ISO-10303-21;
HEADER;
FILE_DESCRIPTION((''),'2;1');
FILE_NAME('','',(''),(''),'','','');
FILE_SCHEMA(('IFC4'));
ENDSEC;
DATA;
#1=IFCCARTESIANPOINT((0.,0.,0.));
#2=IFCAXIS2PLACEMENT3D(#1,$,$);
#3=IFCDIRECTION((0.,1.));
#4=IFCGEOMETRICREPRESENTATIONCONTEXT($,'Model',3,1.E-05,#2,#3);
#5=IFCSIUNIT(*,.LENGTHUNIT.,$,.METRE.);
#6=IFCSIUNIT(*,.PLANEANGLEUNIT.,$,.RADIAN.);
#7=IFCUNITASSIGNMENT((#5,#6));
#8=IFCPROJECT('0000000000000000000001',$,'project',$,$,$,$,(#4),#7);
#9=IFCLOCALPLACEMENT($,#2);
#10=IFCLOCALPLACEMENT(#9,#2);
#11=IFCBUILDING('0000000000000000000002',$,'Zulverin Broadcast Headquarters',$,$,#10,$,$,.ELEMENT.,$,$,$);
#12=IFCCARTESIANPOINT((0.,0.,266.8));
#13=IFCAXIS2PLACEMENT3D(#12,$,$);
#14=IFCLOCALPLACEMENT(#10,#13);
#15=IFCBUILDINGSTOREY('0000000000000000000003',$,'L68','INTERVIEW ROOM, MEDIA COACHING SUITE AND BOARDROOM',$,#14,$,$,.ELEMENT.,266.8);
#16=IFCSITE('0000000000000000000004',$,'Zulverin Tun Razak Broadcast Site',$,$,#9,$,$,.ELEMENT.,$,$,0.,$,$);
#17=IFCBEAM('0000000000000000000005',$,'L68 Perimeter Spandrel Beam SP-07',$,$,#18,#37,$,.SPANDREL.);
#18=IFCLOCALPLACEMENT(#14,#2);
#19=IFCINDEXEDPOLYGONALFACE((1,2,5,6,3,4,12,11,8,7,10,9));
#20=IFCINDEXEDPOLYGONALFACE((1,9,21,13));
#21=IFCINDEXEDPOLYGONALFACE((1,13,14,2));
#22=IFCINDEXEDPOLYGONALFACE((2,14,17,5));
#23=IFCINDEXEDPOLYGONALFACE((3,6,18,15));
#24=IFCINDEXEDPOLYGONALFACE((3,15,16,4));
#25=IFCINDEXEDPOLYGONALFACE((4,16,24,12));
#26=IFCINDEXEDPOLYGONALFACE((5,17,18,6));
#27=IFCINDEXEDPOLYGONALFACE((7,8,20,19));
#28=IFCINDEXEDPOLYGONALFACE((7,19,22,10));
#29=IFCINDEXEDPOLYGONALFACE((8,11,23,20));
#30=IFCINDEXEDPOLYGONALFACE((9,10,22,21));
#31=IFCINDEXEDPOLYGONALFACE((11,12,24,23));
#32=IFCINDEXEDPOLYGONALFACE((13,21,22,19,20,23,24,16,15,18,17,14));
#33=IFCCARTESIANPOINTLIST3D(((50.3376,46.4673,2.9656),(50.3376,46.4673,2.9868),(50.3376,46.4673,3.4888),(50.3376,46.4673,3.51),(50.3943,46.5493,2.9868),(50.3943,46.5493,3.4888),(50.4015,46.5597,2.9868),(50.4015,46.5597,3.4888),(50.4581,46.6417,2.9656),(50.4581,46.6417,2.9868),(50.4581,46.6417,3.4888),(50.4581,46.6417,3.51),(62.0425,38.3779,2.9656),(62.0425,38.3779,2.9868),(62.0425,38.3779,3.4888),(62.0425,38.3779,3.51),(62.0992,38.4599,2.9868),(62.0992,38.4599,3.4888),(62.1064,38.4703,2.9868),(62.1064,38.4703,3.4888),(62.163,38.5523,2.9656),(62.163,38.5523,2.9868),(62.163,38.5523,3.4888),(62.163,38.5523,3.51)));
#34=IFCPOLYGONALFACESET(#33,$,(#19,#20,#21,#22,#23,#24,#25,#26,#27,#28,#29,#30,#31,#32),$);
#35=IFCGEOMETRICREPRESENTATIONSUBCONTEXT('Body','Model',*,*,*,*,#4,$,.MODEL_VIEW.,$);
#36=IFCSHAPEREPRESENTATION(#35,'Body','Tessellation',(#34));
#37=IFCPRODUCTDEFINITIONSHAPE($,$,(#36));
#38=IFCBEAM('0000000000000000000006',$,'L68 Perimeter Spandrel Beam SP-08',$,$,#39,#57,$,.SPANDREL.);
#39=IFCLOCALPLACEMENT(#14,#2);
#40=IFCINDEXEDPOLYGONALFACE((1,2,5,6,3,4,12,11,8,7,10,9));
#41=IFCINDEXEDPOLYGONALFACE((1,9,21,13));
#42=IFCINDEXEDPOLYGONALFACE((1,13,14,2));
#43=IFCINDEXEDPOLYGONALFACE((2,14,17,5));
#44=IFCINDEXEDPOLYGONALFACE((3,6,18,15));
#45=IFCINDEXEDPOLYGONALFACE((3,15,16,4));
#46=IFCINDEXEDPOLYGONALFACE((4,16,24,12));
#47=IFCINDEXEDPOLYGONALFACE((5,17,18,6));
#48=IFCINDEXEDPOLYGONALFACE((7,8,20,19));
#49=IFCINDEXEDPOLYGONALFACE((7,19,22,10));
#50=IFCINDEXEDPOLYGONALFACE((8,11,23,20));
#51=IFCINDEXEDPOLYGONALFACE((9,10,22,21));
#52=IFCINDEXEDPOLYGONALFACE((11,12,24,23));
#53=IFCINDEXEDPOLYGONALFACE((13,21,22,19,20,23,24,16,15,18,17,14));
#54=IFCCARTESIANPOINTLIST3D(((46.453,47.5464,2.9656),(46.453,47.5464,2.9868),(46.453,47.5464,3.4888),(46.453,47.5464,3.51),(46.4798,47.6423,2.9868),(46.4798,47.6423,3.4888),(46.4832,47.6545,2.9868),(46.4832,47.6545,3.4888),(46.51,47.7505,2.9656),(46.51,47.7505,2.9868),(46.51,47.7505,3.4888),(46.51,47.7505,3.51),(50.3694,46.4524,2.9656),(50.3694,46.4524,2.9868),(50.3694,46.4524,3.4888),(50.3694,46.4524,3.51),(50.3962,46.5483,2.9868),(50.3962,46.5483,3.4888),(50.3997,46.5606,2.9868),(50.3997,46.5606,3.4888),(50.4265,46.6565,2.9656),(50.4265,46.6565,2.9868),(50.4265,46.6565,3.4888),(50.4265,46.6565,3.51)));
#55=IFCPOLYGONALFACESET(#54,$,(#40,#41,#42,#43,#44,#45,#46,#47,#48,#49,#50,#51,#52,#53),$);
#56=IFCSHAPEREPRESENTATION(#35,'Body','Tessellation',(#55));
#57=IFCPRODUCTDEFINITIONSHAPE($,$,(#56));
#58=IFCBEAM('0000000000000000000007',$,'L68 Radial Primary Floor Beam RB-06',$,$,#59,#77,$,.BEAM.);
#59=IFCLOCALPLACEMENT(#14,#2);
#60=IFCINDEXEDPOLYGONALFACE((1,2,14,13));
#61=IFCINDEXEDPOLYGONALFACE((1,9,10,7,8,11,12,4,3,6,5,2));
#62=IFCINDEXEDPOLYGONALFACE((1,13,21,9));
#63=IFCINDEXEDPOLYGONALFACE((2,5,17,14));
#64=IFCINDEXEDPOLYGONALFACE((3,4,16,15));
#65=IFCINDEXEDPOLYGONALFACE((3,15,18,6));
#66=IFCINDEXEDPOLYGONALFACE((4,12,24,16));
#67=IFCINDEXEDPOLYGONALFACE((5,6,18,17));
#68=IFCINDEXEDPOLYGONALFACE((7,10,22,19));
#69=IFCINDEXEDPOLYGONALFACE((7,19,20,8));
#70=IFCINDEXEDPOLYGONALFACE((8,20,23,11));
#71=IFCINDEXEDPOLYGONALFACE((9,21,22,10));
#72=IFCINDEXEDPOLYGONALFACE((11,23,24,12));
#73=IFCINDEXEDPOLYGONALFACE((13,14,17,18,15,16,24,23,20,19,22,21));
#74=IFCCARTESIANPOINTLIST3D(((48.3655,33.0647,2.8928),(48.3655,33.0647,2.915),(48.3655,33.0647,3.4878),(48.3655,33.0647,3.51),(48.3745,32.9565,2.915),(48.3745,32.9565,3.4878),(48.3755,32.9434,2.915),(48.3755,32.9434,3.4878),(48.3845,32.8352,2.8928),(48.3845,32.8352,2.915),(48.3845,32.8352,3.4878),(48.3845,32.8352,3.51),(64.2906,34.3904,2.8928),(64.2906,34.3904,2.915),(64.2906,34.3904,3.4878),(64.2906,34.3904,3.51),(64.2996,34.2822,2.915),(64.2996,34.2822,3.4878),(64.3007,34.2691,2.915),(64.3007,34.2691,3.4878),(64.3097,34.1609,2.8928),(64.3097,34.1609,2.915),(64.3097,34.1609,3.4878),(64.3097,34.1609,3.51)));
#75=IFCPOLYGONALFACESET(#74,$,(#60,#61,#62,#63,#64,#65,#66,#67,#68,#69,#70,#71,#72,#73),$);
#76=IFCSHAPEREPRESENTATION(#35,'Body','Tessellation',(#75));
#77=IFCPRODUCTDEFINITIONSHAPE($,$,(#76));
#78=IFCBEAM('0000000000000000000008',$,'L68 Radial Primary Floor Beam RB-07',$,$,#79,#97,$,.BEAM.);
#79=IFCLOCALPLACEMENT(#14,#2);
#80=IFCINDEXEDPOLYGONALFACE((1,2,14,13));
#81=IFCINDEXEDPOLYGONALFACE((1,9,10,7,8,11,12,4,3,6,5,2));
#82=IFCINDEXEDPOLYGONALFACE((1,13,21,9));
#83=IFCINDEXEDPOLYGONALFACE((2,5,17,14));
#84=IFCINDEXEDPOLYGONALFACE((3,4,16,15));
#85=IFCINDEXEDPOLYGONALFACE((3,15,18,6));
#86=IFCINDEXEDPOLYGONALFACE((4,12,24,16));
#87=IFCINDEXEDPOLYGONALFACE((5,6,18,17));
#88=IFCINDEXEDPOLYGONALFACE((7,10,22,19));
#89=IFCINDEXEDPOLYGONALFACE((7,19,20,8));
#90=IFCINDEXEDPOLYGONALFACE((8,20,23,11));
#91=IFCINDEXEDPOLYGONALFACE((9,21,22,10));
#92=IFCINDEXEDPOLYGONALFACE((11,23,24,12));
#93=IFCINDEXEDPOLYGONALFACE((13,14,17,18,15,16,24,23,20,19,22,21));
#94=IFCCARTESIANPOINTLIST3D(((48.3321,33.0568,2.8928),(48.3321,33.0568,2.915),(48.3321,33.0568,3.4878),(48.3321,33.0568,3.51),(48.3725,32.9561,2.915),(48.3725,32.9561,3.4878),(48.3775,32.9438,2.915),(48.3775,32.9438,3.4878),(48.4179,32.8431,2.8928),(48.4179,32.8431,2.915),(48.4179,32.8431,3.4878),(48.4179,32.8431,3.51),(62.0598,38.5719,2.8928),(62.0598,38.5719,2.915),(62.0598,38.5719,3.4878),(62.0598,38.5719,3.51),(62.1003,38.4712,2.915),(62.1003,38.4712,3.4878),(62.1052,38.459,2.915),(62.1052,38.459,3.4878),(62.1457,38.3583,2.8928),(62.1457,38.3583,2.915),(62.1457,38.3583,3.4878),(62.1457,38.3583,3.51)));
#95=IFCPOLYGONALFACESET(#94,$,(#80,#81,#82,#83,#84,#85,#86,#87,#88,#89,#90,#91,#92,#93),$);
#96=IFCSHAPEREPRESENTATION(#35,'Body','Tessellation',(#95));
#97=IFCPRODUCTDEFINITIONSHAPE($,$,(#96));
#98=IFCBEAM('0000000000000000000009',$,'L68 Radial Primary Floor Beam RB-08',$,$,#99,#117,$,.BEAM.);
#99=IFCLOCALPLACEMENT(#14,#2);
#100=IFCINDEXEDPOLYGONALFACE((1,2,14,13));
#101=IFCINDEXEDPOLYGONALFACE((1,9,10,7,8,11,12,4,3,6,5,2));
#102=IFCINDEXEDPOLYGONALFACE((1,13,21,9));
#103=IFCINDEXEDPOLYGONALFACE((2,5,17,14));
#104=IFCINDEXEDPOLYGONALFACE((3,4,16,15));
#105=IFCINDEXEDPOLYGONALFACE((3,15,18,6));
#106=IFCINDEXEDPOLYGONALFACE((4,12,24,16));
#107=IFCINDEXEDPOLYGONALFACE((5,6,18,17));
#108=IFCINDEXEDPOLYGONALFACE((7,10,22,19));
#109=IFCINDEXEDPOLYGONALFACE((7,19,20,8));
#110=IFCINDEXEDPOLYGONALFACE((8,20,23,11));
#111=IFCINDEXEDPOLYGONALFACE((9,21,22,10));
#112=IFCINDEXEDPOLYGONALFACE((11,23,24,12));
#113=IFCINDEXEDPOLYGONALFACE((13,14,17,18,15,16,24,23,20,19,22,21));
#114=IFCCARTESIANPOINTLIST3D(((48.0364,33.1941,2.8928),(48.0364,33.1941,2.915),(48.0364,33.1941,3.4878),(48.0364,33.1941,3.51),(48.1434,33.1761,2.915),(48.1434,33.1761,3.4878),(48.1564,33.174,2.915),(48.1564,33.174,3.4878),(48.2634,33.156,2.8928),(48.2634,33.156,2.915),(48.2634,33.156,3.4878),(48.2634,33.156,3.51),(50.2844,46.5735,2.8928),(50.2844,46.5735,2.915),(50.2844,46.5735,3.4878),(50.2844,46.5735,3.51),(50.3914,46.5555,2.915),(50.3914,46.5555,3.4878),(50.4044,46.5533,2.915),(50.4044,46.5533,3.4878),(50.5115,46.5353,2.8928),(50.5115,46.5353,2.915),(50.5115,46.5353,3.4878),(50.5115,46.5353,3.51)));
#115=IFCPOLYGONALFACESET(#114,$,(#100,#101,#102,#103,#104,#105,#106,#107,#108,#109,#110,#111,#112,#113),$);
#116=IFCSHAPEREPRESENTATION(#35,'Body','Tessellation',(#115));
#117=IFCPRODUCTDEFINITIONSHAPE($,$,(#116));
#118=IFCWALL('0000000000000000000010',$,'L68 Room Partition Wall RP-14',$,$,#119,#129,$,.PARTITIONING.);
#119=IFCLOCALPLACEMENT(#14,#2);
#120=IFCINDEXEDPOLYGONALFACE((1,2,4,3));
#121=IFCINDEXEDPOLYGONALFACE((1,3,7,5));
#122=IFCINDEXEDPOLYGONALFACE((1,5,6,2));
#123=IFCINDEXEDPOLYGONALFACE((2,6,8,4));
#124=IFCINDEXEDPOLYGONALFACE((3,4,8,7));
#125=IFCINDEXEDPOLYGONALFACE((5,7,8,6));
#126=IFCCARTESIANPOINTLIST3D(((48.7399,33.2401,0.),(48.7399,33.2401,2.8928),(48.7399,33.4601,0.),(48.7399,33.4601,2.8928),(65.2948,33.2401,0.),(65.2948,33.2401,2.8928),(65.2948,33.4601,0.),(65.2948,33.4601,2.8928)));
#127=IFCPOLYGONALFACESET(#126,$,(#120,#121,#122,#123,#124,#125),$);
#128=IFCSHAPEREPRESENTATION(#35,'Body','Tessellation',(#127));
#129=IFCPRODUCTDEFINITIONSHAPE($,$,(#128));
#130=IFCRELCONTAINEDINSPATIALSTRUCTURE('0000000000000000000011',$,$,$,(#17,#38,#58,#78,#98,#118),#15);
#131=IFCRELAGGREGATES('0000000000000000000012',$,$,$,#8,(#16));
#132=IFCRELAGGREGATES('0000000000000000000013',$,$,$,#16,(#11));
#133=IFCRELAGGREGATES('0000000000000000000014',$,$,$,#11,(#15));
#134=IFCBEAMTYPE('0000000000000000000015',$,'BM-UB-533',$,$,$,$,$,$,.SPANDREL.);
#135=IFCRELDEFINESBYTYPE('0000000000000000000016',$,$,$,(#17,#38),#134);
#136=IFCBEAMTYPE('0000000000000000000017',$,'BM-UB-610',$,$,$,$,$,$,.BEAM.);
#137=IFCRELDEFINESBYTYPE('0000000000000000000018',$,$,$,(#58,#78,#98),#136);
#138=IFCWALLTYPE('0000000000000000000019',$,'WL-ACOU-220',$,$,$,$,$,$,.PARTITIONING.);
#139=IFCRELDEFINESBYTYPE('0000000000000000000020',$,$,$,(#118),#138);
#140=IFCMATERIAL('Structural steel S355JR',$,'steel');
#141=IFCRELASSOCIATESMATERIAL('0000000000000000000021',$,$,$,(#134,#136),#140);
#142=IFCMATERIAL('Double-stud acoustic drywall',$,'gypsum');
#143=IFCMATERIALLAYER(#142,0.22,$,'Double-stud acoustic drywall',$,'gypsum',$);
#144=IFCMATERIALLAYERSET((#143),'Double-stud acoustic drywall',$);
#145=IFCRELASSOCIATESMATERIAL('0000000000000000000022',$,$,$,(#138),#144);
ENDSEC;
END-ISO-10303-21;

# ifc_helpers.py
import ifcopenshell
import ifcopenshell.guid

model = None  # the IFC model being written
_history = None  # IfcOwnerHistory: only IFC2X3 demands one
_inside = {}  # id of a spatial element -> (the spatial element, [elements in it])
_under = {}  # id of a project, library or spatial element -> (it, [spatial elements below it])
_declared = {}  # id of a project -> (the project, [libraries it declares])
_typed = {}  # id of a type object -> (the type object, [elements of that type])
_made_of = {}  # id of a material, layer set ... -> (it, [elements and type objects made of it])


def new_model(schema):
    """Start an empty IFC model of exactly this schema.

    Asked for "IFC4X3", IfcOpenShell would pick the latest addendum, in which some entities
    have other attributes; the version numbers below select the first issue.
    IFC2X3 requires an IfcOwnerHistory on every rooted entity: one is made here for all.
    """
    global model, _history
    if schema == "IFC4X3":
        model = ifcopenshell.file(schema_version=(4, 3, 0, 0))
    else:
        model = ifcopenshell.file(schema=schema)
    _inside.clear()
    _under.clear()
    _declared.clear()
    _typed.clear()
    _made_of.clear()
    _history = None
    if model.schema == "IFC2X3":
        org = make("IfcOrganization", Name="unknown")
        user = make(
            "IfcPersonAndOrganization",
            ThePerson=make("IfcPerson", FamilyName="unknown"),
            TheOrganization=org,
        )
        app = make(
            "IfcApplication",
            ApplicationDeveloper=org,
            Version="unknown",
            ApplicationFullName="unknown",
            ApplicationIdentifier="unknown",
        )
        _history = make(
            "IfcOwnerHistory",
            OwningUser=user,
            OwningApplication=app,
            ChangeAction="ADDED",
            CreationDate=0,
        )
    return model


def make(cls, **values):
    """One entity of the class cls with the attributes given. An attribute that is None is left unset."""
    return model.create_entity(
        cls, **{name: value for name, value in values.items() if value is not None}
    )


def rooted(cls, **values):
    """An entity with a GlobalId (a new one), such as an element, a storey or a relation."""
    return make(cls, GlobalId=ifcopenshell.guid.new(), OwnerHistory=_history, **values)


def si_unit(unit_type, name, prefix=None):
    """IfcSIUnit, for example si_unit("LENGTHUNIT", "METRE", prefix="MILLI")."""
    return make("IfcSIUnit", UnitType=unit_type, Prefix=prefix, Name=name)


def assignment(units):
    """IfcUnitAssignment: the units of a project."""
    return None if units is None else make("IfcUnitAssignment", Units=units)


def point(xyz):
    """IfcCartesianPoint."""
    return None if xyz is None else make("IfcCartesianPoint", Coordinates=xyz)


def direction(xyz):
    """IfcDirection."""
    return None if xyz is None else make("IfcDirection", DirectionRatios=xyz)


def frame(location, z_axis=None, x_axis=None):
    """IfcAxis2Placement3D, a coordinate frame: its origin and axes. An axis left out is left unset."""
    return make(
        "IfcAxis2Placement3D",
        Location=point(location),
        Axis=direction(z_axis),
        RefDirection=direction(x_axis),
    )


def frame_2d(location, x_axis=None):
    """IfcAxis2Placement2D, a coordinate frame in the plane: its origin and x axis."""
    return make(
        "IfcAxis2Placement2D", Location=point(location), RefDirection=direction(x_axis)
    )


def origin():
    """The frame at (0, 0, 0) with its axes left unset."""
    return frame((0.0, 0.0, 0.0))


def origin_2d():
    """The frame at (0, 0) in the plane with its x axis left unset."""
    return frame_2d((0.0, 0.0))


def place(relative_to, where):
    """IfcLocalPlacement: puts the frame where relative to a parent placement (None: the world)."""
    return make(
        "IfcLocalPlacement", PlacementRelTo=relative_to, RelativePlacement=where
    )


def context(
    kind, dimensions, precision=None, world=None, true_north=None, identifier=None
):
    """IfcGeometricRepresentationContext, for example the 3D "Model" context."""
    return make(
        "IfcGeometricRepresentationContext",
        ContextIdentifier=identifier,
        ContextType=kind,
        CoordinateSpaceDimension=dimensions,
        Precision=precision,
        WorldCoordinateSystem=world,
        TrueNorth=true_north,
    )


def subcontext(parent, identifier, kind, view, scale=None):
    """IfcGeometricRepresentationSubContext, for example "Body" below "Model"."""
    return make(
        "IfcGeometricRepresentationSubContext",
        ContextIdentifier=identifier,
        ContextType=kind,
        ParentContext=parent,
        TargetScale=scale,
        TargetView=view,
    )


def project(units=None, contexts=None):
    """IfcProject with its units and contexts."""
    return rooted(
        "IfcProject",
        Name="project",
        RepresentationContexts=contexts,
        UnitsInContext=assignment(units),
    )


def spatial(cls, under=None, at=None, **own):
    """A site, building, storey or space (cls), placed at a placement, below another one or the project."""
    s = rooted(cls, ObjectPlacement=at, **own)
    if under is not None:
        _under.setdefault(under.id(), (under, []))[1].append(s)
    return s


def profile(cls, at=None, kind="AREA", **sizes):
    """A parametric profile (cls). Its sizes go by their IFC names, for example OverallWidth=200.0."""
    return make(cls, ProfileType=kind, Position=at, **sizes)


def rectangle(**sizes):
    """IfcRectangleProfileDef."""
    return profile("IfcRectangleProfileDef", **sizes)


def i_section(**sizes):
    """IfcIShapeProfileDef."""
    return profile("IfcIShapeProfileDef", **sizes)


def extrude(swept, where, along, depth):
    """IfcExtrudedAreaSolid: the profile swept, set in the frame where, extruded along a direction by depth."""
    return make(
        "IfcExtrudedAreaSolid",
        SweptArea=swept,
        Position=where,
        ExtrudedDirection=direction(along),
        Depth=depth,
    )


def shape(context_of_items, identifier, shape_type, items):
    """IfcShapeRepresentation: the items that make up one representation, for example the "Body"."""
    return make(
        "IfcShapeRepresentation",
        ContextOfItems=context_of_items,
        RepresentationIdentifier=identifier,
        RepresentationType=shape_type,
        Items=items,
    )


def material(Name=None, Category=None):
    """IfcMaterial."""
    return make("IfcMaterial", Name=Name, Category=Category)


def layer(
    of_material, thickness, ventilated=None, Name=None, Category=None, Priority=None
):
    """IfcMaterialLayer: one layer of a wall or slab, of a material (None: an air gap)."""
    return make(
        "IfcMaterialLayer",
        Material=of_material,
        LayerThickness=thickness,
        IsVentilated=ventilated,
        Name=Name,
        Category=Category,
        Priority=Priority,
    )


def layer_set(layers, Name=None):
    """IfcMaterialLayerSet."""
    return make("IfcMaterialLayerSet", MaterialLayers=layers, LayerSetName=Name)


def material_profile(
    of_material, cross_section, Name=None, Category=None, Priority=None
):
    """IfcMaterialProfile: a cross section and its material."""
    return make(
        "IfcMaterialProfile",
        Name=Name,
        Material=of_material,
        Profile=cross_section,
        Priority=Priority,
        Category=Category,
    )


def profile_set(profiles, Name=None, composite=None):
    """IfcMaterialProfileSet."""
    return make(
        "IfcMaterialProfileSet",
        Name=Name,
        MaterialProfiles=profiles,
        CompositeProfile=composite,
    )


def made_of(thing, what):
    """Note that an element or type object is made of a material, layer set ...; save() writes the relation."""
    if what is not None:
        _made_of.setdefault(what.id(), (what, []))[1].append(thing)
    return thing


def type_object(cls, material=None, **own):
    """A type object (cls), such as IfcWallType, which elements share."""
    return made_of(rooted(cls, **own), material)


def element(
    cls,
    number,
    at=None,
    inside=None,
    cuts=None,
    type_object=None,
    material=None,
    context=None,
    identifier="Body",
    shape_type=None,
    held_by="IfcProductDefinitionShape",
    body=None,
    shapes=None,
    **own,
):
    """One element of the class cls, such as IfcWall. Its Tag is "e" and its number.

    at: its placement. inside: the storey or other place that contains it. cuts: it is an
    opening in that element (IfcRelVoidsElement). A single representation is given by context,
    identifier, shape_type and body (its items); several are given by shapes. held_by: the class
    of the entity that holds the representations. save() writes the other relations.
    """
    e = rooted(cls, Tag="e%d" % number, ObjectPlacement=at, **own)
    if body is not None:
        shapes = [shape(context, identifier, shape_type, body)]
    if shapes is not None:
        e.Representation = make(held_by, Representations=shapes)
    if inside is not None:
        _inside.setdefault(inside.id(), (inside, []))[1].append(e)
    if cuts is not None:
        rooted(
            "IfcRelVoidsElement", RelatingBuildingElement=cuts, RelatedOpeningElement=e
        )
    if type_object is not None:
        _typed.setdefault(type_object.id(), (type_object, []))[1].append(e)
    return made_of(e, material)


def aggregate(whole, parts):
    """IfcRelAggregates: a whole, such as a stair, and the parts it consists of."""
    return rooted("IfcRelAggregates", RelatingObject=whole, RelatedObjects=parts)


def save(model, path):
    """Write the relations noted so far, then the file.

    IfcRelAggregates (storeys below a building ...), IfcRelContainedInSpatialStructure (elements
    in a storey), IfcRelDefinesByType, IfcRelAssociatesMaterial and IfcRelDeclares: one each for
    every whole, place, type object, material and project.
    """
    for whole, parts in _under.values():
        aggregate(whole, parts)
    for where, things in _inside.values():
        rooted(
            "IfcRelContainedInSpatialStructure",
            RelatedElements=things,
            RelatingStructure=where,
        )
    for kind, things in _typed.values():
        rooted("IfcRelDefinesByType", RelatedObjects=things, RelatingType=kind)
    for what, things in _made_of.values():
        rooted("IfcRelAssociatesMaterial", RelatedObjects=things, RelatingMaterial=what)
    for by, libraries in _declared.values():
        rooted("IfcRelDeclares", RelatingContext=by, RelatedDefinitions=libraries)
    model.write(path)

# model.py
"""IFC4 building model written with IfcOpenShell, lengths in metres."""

from ifc_helpers import new_model, si_unit, direction, frame, frame_2d, origin, origin_2d, place, context, subcontext, project, spatial, rectangle, i_section, extrude, material, layer, layer_set, material_profile, profile_set, type_object, element, save


model = new_model("IFC4")

# Units and contexts
model_context = context("Model", 3, precision=1e-05, world=origin(), true_north=direction((0.0, 1.0)))
body_context = subcontext(model_context, "Body", "Model", "MODEL_VIEW")
ifc_project = project(units=[si_unit("LENGTHUNIT", "METRE"), si_unit("PLANEANGLEUNIT", "RADIAN")], contexts=[model_context])

# Site, building, storey
site_placement = place(None, origin())
site = spatial("IfcSite", under=ifc_project, at=site_placement, Name="Zulverin Tun Razak Broadcast Site", CompositionType="ELEMENT", RefElevation=0.0)
building_placement = place(site_placement, origin())
building = spatial("IfcBuilding", under=site, at=building_placement, Name="Zulverin Broadcast Headquarters", CompositionType="ELEMENT")
storey_placement = place(building_placement, frame((0.0, 0.0, 266.8)))
storey = spatial("IfcBuildingStorey", under=building, at=storey_placement, Name="L68", Description="INTERVIEW ROOM, MEDIA COACHING SUITE AND BOARDROOM", CompositionType="ELEMENT", Elevation=266.8)

# Beams
ifc_material_1 = material(Name="Structural steel S355JR", Category="steel")
ifc_material_profile_1 = material_profile(ifc_material_1, i_section(OverallWidth=0.2119, OverallDepth=0.5444, WebThickness=0.0127, FlangeThickness=0.0212, at=origin_2d()), Name="Structural steel S355JR", Category="steel")
ifc_profile_set_1 = profile_set([ifc_material_profile_1], Name="Structural steel S355JR")
beam_type_1 = type_object("IfcBeamType", Name="BM-UB-533", PredefinedType="SPANDREL", material=ifc_profile_set_1)
beam_1_placement = place(storey_placement, frame((62.1028, 38.4651, 3.2378), z_axis=(-0.822652, 0.568545, 0.0), x_axis=(-0.568545, -0.822652, 0.0)))
element("IfcBeam", 1, at=beam_1_placement, inside=storey, type_object=beam_type_1, Name="L68 Perimeter Spandrel Beam SP-07", PredefinedType="SPANDREL", context=body_context, shape_type="SweptSolid", body=[
    extrude(i_section(OverallWidth=0.2119, OverallDepth=0.5444, WebThickness=0.0127, FlangeThickness=0.0212, at=origin_2d()), origin(), (0.0, 0.0, 1.0), 14.2283),
])
beam_2_placement = place(storey_placement, frame((50.3979, 46.5544, 3.2378), z_axis=(-0.963132, 0.269031, 0.0), x_axis=(-0.269031, -0.963132, 0.0)))
element("IfcBeam", 2, at=beam_2_placement, inside=storey, type_object=beam_type_1, Name="L68 Perimeter Spandrel Beam SP-08", PredefinedType="SPANDREL", context=body_context, shape_type="SweptSolid", body=[
    extrude(i_section(OverallWidth=0.2119, OverallDepth=0.5444, WebThickness=0.0127, FlangeThickness=0.0212, at=origin_2d()), origin(), (0.0, 0.0, 1.0), 4.0664),
])
ifc_material_profile_2 = material_profile(ifc_material_1, i_section(OverallWidth=0.2302, OverallDepth=0.6172, WebThickness=0.0132, FlangeThickness=0.0222, at=origin_2d()), Name="Structural steel S355JR", Category="steel")
ifc_profile_set_2 = profile_set([ifc_material_profile_2], Name="Structural steel S355JR")
beam_type_2 = type_object("IfcBeamType", Name="BM-UB-610", PredefinedType="BEAM", material=ifc_profile_set_2)
beam_3_placement = place(storey_placement, frame((48.375, 32.95, 3.2014), z_axis=(0.996553, 0.082958, 0.0), x_axis=(-0.082958, 0.996553, 0.0)))
element("IfcBeam", 3, at=beam_3_placement, inside=storey, type_object=beam_type_2, Name="L68 Radial Primary Floor Beam RB-06", PredefinedType="BEAM", context=body_context, shape_type="SweptSolid", body=[
    extrude(i_section(OverallWidth=0.2302, OverallDepth=0.6172, WebThickness=0.0132, FlangeThickness=0.0222, at=origin_2d()), origin(), (0.0, 0.0, 1.0), 15.9802),
])
beam_4_placement = place(storey_placement, frame((48.375, 32.95, 3.2014), z_axis=(0.927916, 0.37279, 0.0), x_axis=(-0.37279, 0.927916, 0.0)))
element("IfcBeam", 4, at=beam_4_placement, inside=storey, type_object=beam_type_2, Name="L68 Radial Primary Floor Beam RB-07", PredefinedType="BEAM", context=body_context, shape_type="SweptSolid", body=[
    extrude(i_section(OverallWidth=0.2302, OverallDepth=0.6172, WebThickness=0.0132, FlangeThickness=0.0222, at=origin_2d()), origin(), (0.0, 0.0, 1.0), 14.7942),
])
beam_5_placement = place(storey_placement, frame((48.1499, 33.175, 3.2014), z_axis=(0.1657, 0.986176, 0.0), x_axis=(-0.986176, 0.1657, 0.0)))
element("IfcBeam", 5, at=beam_5_placement, inside=storey, type_object=beam_type_2, Name="L68 Radial Primary Floor Beam RB-08", PredefinedType="BEAM", context=body_context, shape_type="SweptSolid", body=[
    extrude(i_section(OverallWidth=0.2302, OverallDepth=0.6172, WebThickness=0.0132, FlangeThickness=0.0222, at=origin_2d()), origin(), (0.0, 0.0, 1.0), 13.5669),
])

# Wall
ifc_material_2 = material(Name="Double-stud acoustic drywall", Category="gypsum")
ifc_layer_1 = layer(ifc_material_2, 0.22, Name="Double-stud acoustic drywall", Category="gypsum")
ifc_layer_set_1 = layer_set([ifc_layer_1], Name="Double-stud acoustic drywall")
wall_type_1 = type_object("IfcWallType", Name="WL-ACOU-220", PredefinedType="PARTITIONING", material=ifc_layer_set_1)
wall_1_placement = place(storey_placement, frame((48.74, 33.3501, 0.0), z_axis=(0.0, 0.0, 1.0), x_axis=(1.0, 0.0, 0.0)))
element("IfcWall", 6, at=wall_1_placement, inside=storey, type_object=wall_type_1, Name="L68 Room Partition Wall RP-14", PredefinedType="PARTITIONING", context=body_context, shape_type="SweptSolid", body=[
    extrude(rectangle(XDim=16.5549, YDim=0.22, at=frame_2d((8.2773, 0.0))), origin(), (0.0, 0.0, 1.0), 2.8928),
])

save(model, "model.ifc")
